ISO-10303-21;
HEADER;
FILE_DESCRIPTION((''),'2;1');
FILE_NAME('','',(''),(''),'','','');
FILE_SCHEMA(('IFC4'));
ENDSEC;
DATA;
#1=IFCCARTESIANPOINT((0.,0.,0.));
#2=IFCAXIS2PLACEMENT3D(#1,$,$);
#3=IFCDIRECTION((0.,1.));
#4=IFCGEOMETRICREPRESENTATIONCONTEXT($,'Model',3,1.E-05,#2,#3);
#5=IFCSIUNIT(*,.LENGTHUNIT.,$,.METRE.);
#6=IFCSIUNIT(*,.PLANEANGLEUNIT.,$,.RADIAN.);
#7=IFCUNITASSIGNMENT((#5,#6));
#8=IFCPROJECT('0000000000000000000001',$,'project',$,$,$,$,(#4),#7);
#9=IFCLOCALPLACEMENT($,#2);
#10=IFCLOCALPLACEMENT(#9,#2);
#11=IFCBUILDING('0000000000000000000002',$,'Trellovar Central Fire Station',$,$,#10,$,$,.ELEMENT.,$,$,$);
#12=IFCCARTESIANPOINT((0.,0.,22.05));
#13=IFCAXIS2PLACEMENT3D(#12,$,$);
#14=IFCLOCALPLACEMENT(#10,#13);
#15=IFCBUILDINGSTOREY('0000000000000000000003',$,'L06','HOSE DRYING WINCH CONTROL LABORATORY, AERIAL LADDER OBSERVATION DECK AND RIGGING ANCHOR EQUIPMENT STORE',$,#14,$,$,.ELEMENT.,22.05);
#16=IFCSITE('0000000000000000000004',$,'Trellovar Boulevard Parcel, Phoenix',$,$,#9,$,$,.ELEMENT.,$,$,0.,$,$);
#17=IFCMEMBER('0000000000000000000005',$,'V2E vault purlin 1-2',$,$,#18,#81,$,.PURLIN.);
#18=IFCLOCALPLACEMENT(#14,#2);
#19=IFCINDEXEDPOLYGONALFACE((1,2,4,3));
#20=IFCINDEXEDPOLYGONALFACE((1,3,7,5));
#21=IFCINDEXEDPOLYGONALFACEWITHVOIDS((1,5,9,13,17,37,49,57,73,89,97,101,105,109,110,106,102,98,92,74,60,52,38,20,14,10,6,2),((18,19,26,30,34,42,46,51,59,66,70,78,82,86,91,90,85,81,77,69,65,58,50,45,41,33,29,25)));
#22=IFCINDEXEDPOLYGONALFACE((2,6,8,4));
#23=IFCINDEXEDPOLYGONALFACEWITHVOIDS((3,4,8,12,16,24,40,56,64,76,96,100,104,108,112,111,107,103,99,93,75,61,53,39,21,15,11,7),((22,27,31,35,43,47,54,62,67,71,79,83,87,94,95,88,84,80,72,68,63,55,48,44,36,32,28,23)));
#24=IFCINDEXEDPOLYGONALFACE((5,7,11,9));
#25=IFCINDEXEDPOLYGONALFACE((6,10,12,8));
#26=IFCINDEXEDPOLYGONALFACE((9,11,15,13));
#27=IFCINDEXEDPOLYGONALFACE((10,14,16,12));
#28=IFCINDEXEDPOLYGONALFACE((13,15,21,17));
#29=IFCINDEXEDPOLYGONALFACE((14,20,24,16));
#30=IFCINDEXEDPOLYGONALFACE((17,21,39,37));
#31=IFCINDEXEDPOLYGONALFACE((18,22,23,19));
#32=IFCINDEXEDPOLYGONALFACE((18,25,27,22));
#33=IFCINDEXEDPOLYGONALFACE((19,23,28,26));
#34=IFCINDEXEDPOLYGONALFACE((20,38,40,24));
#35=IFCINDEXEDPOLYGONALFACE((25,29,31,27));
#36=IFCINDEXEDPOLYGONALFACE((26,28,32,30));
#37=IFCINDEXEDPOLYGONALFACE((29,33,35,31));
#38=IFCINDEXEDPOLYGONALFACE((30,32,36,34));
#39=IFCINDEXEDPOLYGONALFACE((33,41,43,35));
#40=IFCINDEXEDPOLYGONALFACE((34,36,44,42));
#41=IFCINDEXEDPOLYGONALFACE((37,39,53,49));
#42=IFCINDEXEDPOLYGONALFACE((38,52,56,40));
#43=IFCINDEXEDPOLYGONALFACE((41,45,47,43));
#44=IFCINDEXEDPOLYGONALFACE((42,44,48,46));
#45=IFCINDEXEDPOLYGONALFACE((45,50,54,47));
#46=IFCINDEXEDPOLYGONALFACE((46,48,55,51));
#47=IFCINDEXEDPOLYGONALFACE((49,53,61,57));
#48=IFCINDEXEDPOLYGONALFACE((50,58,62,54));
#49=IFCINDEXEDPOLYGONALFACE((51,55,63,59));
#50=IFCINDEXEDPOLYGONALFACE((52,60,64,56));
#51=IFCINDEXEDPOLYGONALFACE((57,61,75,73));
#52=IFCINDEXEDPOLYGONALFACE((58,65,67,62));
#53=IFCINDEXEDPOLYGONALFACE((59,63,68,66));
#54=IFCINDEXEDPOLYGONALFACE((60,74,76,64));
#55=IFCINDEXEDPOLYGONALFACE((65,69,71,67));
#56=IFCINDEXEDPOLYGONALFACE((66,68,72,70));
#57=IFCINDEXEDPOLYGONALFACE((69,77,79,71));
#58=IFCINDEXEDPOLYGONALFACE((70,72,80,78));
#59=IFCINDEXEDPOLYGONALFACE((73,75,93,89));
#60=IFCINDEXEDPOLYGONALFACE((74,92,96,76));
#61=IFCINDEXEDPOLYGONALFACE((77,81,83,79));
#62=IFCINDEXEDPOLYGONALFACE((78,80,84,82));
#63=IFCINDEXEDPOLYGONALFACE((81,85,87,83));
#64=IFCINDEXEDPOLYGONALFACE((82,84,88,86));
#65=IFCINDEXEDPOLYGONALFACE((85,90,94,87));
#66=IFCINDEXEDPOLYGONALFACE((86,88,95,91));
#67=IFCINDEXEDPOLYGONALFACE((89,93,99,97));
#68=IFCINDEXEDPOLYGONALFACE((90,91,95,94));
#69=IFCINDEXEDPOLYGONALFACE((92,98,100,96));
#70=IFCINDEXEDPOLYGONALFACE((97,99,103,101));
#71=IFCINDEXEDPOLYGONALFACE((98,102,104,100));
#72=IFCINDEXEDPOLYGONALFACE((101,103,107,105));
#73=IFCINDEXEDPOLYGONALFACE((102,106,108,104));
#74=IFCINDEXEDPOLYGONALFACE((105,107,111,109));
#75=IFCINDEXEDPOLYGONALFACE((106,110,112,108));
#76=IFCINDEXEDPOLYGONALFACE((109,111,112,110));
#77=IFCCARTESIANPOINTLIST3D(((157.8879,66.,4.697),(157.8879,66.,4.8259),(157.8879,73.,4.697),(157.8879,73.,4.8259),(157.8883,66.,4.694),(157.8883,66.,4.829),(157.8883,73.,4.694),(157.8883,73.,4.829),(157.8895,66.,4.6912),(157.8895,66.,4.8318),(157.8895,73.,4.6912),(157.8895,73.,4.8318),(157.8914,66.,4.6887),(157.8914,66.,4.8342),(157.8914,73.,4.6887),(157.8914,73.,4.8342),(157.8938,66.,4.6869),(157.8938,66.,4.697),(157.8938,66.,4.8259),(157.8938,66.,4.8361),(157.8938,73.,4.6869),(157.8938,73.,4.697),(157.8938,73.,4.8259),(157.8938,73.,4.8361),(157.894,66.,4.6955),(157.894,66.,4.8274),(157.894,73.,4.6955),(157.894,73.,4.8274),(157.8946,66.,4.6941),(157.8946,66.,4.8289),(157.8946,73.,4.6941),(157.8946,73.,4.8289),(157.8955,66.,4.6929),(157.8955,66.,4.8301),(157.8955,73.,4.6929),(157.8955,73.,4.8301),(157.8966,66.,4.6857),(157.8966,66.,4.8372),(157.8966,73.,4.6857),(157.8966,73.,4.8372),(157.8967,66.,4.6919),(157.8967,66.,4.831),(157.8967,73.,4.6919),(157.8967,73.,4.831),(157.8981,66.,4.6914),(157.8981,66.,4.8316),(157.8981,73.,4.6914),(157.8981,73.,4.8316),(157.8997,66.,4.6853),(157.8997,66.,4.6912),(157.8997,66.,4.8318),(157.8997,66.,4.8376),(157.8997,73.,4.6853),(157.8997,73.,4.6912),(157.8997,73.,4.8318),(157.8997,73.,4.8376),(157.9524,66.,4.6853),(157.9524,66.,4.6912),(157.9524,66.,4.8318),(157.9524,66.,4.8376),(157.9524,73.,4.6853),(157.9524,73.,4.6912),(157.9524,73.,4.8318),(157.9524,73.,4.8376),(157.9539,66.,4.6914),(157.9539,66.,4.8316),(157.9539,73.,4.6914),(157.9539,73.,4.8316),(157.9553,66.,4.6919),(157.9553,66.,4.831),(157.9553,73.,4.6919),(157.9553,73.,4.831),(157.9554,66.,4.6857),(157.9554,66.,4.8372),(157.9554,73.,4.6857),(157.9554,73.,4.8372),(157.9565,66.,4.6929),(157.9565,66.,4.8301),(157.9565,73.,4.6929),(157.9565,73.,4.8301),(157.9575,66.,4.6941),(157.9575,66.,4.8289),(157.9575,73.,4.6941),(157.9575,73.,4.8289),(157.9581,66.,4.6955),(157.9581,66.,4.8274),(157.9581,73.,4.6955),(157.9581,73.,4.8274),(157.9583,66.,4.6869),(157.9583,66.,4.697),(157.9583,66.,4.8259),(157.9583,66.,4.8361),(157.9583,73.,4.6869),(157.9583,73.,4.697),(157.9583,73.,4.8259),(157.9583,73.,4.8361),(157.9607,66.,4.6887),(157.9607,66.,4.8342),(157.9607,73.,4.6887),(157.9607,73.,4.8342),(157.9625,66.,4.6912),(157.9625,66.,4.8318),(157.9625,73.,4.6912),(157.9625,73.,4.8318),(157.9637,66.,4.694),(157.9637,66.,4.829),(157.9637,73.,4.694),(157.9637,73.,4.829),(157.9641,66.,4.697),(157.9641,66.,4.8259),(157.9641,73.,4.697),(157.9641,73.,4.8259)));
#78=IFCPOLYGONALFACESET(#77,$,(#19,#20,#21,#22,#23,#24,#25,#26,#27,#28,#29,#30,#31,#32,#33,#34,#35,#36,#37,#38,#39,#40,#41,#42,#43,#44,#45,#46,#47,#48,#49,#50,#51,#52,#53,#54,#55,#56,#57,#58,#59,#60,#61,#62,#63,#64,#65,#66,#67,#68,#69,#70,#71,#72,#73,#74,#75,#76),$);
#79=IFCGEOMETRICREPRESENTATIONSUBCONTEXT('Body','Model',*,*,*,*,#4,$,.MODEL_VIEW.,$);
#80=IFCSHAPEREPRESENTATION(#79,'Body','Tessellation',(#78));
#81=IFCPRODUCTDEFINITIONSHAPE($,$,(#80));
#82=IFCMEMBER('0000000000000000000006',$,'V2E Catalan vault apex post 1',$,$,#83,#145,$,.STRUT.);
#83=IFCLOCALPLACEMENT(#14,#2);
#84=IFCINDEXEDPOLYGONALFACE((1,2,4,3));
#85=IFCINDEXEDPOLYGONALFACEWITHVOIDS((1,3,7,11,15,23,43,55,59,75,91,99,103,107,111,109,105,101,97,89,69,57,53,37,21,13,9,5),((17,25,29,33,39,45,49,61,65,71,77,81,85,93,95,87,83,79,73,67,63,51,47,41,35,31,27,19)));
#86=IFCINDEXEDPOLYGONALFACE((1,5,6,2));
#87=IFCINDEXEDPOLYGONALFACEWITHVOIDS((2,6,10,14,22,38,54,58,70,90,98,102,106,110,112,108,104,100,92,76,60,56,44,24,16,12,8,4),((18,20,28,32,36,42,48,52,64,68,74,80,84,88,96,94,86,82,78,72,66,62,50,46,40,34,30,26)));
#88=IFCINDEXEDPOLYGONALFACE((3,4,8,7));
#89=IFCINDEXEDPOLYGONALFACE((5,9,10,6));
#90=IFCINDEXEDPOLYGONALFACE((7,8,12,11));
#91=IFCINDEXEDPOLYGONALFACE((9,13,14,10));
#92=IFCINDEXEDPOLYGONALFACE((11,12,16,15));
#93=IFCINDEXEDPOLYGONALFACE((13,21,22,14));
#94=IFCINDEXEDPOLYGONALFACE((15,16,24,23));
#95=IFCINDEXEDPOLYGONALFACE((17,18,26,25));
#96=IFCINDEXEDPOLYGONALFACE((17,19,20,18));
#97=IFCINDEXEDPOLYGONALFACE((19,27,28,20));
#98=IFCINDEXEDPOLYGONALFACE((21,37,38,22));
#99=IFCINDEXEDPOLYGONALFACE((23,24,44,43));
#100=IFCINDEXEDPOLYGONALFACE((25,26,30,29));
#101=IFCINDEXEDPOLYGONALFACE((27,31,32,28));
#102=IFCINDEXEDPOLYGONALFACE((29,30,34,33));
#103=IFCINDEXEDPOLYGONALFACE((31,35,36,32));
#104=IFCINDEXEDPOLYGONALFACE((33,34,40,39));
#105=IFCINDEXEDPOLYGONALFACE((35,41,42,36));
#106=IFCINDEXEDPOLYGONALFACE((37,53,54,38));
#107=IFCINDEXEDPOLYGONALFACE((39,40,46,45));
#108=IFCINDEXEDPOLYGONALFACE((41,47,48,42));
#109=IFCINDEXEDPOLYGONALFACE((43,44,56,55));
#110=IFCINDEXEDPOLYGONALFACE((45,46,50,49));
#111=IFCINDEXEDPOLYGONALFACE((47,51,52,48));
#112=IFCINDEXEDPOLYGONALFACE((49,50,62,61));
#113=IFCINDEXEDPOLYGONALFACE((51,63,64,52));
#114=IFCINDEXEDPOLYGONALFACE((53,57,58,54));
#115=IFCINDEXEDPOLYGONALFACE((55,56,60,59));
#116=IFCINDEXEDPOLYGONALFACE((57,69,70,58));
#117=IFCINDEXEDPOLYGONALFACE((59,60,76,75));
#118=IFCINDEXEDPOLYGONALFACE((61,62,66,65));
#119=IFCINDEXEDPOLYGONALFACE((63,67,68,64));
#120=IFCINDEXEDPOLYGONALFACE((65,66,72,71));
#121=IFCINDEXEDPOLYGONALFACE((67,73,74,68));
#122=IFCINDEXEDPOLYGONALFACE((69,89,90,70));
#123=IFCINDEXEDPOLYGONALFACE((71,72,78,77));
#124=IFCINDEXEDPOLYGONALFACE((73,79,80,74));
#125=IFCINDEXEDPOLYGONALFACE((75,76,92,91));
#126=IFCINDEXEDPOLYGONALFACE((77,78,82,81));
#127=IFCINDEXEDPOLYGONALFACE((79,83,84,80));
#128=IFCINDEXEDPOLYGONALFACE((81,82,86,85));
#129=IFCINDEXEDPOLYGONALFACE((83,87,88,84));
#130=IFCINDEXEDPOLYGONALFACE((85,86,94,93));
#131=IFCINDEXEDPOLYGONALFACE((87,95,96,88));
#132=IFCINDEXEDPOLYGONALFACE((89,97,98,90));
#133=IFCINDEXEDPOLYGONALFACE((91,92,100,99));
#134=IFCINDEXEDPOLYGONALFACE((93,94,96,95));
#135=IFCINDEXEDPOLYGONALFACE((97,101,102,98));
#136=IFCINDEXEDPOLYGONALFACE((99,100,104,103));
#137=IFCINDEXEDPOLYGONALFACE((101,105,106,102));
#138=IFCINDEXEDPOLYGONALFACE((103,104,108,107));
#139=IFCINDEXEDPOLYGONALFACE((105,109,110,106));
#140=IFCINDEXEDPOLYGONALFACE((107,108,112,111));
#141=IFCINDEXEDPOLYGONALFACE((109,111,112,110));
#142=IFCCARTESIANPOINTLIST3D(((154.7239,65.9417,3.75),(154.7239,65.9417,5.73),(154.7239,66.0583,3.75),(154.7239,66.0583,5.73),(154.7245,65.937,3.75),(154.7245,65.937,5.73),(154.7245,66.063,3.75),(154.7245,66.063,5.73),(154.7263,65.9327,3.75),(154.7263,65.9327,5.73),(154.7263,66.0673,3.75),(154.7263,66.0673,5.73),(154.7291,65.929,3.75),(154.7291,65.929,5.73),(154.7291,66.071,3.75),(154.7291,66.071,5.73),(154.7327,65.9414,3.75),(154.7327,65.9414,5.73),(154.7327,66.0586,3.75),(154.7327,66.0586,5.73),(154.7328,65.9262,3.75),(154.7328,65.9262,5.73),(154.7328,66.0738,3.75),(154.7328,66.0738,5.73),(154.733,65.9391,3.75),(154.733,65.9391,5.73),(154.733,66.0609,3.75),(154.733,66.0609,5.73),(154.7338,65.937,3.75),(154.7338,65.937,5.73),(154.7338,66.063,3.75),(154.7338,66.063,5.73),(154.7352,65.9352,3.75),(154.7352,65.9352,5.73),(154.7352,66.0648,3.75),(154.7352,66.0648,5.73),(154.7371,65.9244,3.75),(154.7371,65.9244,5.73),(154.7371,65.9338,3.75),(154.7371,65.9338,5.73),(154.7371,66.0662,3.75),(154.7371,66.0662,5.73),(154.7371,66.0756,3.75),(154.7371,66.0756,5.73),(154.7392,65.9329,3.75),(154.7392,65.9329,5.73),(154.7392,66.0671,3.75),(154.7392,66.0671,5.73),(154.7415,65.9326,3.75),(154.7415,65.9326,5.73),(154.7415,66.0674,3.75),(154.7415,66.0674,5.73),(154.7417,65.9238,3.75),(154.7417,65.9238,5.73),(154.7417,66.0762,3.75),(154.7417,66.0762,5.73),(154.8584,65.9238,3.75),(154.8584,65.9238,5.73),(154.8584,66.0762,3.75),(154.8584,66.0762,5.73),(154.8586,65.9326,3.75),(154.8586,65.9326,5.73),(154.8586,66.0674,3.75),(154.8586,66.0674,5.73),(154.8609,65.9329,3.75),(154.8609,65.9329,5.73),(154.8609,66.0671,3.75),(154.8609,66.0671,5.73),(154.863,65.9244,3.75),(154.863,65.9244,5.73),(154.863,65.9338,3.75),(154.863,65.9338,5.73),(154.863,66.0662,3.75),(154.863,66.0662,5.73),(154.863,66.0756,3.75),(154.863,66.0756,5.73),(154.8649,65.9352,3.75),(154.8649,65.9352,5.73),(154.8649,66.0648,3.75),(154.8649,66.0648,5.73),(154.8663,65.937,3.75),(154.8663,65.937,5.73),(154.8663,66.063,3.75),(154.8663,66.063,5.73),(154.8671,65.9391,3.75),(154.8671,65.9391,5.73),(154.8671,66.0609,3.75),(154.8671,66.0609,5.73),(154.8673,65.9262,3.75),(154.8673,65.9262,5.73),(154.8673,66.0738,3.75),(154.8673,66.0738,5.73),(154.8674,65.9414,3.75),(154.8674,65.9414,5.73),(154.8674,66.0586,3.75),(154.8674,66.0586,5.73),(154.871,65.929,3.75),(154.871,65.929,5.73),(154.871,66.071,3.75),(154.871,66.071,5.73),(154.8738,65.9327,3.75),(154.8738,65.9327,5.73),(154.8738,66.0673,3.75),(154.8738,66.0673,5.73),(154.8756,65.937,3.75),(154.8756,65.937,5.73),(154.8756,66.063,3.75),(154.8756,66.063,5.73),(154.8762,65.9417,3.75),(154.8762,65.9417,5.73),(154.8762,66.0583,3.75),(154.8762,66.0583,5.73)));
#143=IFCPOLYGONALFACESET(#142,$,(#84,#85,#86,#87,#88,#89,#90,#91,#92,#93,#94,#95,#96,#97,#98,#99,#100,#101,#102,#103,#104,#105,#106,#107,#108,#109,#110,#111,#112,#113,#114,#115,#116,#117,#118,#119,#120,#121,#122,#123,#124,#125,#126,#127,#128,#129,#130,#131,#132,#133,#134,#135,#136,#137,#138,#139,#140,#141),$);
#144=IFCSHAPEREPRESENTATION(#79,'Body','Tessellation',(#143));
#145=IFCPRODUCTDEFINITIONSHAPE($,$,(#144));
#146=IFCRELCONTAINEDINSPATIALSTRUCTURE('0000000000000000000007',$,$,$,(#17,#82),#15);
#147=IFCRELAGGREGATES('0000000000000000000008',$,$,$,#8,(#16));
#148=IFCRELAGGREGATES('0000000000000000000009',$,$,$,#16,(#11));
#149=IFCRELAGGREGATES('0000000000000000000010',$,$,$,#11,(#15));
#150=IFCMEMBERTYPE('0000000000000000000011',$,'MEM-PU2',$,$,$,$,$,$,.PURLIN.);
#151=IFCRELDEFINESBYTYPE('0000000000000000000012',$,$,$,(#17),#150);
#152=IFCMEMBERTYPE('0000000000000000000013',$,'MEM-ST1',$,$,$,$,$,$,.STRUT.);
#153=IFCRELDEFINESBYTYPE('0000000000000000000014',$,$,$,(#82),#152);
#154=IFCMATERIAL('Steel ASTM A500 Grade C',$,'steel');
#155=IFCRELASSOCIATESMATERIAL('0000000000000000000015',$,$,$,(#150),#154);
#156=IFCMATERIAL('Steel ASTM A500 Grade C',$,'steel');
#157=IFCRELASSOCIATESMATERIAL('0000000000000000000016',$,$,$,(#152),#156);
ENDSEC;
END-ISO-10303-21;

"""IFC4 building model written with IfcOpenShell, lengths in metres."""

from ifc_helpers import new_model, si_unit, direction, frame, origin, origin_2d, place, context, subcontext, project, spatial, hollow_rectangle, extrude, material, material_profile, profile_set, type_object, element, save


model = new_model("IFC4")

# Units and contexts
model_context = context("Model", 3, precision=1e-05, world=origin(), true_north=direction((0.0, 1.0)))
body_context = subcontext(model_context, "Body", "Model", "MODEL_VIEW")
ifc_project = project(units=[si_unit("LENGTHUNIT", "METRE"), si_unit("PLANEANGLEUNIT", "RADIAN")], contexts=[model_context])

# Site, building, storey
site_placement = place(None, origin())
site = spatial("IfcSite", under=ifc_project, at=site_placement, Name="Trellovar Boulevard Parcel, Phoenix", CompositionType="ELEMENT", RefElevation=0.0)
building_placement = place(site_placement, origin())
building = spatial("IfcBuilding", under=site, at=building_placement, Name="Trellovar Central Fire Station", CompositionType="ELEMENT")
storey_placement = place(building_placement, frame((0.0, 0.0, 22.05)))
storey = spatial("IfcBuildingStorey", under=building, at=storey_placement, Name="L06", Description="HOSE DRYING WINCH CONTROL LABORATORY, AERIAL LADDER OBSERVATION DECK AND RIGGING ANCHOR EQUIPMENT STORE", CompositionType="ELEMENT", Elevation=22.05)

# Members
ifc_material_1 = material(Name="Steel ASTM A500 Grade C", Category="steel")
ifc_material_profile_1 = material_profile(ifc_material_1, hollow_rectangle(XDim=0.0762, YDim=0.1523, WallThickness=0.0059, InnerFilletRadius=0.0059, OuterFilletRadius=0.0117, at=origin_2d()), Name="HSS6X3X1/4")
ifc_profile_set_1 = profile_set([ifc_material_profile_1], Name="Steel ASTM A500 Grade C")
member_type_1 = type_object("IfcMemberType", Name="MEM-PU2", PredefinedType="PURLIN", material=ifc_profile_set_1)
for number, where, z_axis, x_axis, name in (
    (1, (157.926, 66.0, 4.7615), (0.0, 1.0, 0.0), (-1.0, 0.0, 0.0), "V2E vault purlin 1-2"),
):
    element("IfcMember", number, at=place(storey_placement, frame(where, z_axis=z_axis, x_axis=x_axis)), inside=storey, type_object=member_type_1, Name=name, PredefinedType="PURLIN", context=body_context, shape_type="SweptSolid", body=[
        extrude(hollow_rectangle(XDim=0.0762, YDim=0.1523, WallThickness=0.0059, InnerFilletRadius=0.0059, OuterFilletRadius=0.0117, at=origin_2d()), origin(), (0.0, 0.0, 1.0), 7.0),
    ])
ifc_material_2 = material(Name="Steel ASTM A500 Grade C", Category="steel")
ifc_material_profile_2 = material_profile(ifc_material_2, hollow_rectangle(XDim=0.1523, YDim=0.1523, WallThickness=0.0088, InnerFilletRadius=0.0088, OuterFilletRadius=0.0178, at=origin_2d()), Name="HSS6X6X3/8")
ifc_profile_set_2 = profile_set([ifc_material_profile_2], Name="Steel ASTM A500 Grade C")
member_type_2 = type_object("IfcMemberType", Name="MEM-ST1", PredefinedType="STRUT", material=ifc_profile_set_2)
for number, where, z_axis, x_axis, name in (
    (2, (154.8, 66.0, 3.75), (0.0, 0.0, 1.0), (1.0, 0.0, 0.0), "V2E Catalan vault apex post 1"),
):
    element("IfcMember", number, at=place(storey_placement, frame(where, z_axis=z_axis, x_axis=x_axis)), inside=storey, type_object=member_type_2, Name=name, PredefinedType="STRUT", context=body_context, shape_type="SweptSolid", body=[
        extrude(hollow_rectangle(XDim=0.1523, YDim=0.1523, WallThickness=0.0088, InnerFilletRadius=0.0088, OuterFilletRadius=0.0178, at=origin_2d()), origin(), (0.0, 0.0, 1.0), 1.98),
    ])

save(model, "model.ifc")
